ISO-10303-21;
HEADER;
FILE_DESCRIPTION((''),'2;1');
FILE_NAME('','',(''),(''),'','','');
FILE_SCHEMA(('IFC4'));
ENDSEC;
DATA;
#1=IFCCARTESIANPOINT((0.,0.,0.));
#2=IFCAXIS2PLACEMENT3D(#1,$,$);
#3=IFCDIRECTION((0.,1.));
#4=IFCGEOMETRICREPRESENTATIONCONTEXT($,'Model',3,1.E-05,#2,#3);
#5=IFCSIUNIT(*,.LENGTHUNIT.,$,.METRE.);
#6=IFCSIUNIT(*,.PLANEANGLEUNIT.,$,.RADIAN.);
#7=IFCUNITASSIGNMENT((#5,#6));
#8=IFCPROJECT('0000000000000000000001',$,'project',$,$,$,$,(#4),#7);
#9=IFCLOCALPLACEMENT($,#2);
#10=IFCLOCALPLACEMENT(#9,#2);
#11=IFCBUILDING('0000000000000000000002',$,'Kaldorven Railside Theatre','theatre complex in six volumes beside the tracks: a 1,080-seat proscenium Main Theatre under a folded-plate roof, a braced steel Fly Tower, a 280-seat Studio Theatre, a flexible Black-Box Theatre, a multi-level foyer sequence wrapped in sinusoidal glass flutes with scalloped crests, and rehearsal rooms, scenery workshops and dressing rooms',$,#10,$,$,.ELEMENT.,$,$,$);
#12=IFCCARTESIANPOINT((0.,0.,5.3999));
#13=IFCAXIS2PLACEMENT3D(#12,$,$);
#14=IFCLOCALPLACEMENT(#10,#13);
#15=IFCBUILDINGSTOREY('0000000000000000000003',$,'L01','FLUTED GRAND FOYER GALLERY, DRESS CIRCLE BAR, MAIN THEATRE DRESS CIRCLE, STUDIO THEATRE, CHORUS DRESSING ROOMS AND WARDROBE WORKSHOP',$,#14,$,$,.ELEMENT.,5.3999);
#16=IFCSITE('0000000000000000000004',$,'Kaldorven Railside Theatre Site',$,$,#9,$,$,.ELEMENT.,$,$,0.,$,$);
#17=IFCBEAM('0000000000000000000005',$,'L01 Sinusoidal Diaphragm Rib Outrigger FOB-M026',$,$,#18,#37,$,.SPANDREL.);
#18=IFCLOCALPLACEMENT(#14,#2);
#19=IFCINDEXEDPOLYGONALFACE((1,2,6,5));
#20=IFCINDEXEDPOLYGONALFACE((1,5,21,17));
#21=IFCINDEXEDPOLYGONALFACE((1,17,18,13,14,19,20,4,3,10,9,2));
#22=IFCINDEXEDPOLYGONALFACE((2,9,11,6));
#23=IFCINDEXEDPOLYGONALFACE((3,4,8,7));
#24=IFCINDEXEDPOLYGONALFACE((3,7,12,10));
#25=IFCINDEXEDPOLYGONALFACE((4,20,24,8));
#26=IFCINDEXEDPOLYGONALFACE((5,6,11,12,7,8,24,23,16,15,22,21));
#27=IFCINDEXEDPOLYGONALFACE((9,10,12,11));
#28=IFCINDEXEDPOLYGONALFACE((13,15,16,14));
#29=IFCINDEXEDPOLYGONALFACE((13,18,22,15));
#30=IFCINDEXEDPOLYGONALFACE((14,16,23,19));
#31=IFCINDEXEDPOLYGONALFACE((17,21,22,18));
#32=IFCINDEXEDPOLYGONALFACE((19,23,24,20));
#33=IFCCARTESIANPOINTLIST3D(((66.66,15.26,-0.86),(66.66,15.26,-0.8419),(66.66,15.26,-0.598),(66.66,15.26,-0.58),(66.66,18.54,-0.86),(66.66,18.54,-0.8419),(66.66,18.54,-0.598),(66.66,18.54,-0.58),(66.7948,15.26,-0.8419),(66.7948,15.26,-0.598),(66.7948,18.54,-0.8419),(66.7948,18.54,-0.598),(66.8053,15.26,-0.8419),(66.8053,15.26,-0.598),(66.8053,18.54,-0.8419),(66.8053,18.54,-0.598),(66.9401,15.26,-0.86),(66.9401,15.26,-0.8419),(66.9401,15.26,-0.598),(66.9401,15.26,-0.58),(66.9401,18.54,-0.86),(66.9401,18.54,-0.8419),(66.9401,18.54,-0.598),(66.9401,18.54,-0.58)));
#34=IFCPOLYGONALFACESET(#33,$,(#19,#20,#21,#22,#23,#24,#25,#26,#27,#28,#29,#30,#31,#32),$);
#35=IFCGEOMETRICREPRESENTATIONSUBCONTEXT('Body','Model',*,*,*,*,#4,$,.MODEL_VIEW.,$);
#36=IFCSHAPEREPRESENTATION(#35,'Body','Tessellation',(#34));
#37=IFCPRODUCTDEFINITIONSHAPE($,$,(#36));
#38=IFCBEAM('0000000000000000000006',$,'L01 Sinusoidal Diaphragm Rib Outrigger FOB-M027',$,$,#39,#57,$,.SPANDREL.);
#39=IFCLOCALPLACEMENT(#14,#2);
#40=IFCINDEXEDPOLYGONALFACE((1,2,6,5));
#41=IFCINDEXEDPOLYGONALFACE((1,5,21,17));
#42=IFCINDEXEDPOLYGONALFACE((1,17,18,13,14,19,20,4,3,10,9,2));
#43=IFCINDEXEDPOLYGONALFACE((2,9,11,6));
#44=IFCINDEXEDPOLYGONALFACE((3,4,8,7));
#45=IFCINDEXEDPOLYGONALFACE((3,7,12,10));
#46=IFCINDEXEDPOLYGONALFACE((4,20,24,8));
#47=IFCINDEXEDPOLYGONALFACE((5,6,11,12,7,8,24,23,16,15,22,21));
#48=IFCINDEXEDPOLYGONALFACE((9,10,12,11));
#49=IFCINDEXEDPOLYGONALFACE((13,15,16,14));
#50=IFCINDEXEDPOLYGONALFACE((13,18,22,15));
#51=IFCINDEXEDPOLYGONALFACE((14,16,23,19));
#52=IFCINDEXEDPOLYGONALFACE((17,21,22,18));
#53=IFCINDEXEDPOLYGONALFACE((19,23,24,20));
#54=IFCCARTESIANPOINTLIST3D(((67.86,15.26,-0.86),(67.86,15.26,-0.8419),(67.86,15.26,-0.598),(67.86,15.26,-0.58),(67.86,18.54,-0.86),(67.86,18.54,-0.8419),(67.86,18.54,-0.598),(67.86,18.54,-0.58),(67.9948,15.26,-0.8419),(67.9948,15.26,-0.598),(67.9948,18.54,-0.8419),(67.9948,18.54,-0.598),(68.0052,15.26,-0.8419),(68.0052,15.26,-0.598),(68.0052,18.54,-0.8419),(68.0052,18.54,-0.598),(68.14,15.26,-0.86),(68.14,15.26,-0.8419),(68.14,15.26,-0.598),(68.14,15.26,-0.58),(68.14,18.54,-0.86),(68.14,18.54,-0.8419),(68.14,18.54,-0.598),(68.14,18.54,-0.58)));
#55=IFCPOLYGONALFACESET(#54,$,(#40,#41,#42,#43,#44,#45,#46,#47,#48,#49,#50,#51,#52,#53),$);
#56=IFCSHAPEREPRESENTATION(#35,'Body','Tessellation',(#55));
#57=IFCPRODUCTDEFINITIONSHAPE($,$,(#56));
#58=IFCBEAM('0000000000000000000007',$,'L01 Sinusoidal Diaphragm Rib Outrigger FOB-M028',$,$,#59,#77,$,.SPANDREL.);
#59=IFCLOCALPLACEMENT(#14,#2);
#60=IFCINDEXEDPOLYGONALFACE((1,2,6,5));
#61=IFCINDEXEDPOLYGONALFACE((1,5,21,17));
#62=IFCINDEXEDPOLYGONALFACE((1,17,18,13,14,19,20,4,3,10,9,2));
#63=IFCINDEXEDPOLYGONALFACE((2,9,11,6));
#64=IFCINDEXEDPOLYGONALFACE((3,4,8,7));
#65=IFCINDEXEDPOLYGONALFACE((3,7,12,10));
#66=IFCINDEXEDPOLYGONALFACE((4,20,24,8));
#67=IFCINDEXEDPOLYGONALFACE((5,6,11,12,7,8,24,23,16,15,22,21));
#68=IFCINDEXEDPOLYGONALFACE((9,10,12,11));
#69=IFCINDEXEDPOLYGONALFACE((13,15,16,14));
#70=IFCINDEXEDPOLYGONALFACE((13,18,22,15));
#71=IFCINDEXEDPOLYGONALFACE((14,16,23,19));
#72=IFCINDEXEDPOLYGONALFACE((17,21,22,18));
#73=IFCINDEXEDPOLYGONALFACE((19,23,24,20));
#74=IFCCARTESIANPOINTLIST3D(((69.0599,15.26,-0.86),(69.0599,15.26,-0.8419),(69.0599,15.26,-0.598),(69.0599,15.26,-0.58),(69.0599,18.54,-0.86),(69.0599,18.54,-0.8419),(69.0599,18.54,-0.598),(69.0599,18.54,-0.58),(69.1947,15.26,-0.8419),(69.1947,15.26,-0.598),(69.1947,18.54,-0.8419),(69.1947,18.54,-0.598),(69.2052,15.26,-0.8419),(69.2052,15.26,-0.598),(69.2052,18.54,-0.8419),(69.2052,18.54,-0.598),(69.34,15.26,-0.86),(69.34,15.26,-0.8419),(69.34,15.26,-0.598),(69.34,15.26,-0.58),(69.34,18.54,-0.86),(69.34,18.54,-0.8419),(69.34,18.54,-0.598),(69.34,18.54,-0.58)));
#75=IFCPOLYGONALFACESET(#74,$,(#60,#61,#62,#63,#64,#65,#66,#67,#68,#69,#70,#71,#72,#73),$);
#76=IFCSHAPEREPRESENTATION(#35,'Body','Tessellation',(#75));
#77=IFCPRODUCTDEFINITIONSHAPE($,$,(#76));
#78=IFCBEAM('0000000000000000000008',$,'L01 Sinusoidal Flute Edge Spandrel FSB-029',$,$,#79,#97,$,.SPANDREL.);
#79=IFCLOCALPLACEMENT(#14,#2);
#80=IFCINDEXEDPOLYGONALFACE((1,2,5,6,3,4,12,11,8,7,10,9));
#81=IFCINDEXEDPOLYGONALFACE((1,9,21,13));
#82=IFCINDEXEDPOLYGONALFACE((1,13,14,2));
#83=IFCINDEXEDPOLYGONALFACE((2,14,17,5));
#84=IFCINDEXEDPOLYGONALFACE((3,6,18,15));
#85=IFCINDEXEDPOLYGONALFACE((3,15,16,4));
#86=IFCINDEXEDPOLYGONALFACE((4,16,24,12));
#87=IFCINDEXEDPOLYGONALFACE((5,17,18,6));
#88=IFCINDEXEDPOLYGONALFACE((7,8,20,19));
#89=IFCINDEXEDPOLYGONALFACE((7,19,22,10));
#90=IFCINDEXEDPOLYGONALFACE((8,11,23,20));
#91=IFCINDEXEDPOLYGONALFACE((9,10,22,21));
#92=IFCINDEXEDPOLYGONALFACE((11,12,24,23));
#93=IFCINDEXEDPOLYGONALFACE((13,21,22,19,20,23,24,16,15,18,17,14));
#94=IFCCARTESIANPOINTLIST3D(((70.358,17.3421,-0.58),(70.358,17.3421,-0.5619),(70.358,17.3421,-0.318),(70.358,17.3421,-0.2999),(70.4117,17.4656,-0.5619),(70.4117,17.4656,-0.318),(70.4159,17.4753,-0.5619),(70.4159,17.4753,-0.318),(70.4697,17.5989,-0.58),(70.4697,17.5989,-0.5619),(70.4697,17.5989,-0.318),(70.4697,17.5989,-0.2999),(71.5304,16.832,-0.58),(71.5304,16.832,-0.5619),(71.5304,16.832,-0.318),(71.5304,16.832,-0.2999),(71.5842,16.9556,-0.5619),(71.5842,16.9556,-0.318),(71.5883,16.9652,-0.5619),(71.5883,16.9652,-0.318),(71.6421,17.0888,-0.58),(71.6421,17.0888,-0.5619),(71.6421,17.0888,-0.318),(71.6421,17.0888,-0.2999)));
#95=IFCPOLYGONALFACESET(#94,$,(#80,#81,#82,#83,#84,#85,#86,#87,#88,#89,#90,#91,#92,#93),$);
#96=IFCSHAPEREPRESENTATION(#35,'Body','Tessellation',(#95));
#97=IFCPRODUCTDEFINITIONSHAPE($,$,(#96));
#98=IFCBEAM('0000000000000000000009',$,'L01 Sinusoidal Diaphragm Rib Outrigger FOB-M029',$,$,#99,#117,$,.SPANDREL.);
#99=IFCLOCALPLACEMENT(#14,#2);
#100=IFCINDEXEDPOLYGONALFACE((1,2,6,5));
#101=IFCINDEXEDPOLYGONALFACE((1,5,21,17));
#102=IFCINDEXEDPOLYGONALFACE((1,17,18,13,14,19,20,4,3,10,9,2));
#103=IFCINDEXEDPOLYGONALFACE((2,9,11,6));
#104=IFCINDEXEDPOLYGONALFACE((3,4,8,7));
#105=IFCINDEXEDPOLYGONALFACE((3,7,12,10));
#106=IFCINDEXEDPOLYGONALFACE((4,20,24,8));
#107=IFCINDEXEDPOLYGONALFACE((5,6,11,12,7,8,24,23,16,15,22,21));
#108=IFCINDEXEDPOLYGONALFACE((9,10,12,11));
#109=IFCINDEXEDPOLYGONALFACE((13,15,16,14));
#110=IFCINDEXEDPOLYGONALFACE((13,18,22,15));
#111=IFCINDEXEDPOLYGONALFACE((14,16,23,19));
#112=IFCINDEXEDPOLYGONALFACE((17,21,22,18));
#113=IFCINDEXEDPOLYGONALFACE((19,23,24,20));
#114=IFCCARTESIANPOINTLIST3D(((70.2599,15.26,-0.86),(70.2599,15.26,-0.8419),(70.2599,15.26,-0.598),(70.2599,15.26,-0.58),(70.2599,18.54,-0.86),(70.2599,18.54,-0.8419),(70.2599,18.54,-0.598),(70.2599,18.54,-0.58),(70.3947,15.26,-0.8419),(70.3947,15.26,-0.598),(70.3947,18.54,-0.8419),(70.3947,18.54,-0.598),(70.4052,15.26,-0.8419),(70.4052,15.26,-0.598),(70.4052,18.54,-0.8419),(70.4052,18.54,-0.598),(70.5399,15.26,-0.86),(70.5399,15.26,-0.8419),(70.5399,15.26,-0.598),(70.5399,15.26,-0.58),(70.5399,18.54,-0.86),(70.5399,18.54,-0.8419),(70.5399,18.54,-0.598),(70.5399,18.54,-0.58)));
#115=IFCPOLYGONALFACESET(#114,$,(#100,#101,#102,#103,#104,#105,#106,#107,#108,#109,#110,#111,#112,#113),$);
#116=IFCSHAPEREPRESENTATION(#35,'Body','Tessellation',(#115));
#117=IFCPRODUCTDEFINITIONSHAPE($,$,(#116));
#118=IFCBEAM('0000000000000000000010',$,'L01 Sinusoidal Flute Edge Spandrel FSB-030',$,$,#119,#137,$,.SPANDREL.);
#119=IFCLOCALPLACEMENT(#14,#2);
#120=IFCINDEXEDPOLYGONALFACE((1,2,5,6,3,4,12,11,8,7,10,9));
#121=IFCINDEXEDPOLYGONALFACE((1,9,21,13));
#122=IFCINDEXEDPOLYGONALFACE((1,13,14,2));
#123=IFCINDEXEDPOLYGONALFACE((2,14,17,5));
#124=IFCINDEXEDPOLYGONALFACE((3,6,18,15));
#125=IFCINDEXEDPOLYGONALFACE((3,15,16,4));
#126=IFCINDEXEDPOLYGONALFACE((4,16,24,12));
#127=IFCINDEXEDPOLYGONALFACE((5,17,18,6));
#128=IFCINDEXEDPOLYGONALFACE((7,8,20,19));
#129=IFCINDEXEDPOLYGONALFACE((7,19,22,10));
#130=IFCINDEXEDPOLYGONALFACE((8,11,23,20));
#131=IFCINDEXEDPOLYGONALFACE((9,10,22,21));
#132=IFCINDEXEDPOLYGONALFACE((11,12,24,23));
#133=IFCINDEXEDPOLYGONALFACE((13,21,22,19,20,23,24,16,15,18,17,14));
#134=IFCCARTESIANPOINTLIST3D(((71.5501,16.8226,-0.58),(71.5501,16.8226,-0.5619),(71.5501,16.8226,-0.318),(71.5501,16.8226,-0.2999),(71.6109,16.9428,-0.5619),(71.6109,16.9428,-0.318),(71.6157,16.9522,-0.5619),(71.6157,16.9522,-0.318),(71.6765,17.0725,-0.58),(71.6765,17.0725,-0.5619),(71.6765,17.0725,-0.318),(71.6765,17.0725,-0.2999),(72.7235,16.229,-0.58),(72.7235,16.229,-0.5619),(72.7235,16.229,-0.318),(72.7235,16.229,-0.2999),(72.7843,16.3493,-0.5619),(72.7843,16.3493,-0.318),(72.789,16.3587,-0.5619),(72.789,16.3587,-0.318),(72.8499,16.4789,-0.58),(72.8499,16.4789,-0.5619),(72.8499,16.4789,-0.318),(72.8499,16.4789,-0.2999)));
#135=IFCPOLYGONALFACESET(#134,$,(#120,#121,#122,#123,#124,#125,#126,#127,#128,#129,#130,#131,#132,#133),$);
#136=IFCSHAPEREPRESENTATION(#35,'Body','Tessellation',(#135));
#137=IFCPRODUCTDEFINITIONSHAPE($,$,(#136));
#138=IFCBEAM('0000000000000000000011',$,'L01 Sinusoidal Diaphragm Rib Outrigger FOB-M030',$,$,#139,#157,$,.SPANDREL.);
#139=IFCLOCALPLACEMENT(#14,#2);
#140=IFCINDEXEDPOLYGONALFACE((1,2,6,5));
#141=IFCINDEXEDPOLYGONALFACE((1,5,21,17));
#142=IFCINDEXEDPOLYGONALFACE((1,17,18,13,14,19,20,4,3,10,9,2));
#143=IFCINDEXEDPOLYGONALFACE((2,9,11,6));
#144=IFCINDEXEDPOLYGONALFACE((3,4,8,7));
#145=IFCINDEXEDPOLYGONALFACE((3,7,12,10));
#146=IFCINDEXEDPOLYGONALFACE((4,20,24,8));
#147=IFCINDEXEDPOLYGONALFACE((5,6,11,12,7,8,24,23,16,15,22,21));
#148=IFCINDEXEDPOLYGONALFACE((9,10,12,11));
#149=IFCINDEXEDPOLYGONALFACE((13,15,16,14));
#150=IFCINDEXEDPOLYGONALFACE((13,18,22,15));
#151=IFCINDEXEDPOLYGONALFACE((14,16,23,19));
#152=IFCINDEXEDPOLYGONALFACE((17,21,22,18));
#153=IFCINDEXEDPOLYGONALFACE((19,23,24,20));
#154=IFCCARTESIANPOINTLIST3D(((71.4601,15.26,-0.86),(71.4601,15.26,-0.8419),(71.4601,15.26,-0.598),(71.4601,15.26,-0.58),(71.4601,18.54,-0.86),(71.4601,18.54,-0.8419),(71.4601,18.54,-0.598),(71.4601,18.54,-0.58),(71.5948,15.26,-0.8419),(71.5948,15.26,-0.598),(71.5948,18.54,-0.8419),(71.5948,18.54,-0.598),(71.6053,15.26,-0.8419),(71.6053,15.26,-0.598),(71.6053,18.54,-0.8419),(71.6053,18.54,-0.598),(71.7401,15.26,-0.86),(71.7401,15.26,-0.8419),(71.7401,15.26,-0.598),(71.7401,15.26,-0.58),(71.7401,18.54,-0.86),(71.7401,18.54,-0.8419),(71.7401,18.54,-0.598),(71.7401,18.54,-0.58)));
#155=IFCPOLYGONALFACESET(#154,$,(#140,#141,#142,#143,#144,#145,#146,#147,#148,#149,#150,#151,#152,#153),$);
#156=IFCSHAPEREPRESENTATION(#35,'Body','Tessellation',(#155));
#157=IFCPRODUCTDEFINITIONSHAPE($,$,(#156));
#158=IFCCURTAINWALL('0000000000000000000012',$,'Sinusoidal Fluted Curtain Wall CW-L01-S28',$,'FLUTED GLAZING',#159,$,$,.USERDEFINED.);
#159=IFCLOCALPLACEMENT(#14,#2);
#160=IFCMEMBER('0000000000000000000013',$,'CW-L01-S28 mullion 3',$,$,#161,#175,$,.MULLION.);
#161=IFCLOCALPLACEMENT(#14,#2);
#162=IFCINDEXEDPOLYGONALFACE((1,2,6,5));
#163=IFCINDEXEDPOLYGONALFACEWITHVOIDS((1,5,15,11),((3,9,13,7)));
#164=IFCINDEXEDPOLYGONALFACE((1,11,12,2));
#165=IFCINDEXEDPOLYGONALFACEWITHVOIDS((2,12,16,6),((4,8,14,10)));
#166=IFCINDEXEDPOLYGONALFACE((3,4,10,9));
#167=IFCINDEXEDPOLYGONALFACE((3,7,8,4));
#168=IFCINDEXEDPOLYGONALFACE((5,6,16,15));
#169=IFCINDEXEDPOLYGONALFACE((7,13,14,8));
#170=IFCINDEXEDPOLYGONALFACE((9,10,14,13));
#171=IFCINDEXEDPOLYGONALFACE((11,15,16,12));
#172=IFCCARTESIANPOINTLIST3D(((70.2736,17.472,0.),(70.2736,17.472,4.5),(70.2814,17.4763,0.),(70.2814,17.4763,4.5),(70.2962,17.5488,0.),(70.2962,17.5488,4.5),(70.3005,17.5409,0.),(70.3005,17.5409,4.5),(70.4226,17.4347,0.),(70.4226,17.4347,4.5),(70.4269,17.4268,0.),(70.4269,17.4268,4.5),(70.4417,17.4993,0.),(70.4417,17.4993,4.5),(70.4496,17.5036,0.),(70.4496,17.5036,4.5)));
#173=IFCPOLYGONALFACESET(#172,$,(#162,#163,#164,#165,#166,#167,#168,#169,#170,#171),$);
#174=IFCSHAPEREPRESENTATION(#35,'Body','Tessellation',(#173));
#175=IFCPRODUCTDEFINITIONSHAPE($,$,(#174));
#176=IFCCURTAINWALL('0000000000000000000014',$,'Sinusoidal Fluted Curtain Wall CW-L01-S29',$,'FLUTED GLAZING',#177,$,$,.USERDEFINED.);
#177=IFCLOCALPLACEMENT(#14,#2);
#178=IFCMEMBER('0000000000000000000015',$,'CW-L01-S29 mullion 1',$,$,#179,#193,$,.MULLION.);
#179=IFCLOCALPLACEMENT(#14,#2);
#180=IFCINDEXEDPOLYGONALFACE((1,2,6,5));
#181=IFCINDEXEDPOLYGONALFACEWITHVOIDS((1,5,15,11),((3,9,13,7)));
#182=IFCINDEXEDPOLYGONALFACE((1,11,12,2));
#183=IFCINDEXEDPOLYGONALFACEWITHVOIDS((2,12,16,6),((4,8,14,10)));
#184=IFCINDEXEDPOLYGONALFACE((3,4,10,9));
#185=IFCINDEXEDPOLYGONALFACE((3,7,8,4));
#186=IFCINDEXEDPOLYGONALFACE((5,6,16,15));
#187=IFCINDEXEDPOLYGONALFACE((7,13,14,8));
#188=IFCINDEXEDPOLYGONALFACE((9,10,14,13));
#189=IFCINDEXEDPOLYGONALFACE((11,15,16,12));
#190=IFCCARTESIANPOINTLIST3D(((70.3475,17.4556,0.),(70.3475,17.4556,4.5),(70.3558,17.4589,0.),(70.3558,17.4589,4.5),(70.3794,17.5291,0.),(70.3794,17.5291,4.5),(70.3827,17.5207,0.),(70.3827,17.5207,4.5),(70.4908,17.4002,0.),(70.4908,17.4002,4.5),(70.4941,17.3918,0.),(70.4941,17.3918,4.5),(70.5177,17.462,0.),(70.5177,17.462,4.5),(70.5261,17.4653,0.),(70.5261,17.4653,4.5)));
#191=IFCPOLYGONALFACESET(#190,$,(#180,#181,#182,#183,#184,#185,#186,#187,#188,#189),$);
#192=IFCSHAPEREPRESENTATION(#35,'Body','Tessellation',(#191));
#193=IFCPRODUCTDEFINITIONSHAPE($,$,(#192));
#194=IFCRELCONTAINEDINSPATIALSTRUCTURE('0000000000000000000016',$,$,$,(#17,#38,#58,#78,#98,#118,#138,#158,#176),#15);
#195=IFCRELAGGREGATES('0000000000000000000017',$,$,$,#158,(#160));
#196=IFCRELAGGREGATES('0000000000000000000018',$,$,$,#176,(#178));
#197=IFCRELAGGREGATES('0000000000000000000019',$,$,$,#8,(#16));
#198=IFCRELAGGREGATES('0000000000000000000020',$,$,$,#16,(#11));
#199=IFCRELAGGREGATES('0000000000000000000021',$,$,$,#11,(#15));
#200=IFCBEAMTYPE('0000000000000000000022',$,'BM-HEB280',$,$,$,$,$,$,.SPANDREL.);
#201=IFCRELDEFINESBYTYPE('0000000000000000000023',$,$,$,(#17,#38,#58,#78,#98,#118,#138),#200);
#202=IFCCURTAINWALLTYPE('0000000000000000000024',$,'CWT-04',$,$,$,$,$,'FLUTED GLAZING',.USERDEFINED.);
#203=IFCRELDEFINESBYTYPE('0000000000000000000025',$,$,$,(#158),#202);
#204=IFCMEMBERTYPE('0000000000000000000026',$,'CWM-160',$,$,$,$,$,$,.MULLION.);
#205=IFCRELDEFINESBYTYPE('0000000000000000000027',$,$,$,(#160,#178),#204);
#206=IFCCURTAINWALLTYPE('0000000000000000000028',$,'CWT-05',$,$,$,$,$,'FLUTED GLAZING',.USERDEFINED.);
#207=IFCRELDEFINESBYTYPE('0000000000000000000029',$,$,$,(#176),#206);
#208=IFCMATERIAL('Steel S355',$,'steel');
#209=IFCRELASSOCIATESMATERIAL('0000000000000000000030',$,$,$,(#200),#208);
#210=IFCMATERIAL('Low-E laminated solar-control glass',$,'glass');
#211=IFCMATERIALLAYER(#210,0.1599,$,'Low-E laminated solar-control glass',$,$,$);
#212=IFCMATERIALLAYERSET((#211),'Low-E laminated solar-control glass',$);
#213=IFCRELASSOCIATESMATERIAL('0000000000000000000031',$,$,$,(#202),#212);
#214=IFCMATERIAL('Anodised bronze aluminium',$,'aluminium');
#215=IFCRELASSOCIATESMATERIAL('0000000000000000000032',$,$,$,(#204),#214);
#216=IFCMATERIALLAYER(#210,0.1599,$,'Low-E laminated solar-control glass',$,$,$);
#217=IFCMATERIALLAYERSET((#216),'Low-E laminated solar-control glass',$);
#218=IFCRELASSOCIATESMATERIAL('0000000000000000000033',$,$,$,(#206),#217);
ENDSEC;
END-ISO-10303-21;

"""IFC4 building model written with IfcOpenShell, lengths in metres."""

from ifc_helpers import new_model, si_unit, direction, frame, origin, origin_2d, place, context, subcontext, project, spatial, hollow_rectangle, i_section, extrude, material, layer, layer_set, material_profile, profile_set, type_object, element, aggregate, save


model = new_model("IFC4")

# Units and contexts
model_context = context("Model", 3, precision=1e-05, world=origin(), true_north=direction((0.0, 1.0)))
body_context = subcontext(model_context, "Body", "Model", "MODEL_VIEW")
ifc_project = project(units=[si_unit("LENGTHUNIT", "METRE"), si_unit("PLANEANGLEUNIT", "RADIAN")], contexts=[model_context])

# Site, building, storey
site_placement = place(None, origin())
site = spatial("IfcSite", under=ifc_project, at=site_placement, Name="Kaldorven Railside Theatre Site", CompositionType="ELEMENT", RefElevation=0.0)
building_placement = place(site_placement, origin())
building = spatial("IfcBuilding", under=site, at=building_placement, Name="Kaldorven Railside Theatre", Description="theatre complex in six volumes beside the tracks: a 1,080-seat proscenium Main Theatre under a folded-plate roof, a braced steel Fly Tower, a 280-seat Studio Theatre, a flexible Black-Box Theatre, a multi-level foyer sequence wrapped in sinusoidal glass flutes with scalloped crests, and rehearsal rooms, scenery workshops and dressing rooms", CompositionType="ELEMENT")
storey_placement = place(building_placement, frame((0.0, 0.0, 5.3999)))
storey = spatial("IfcBuildingStorey", under=building, at=storey_placement, Name="L01", Description="FLUTED GRAND FOYER GALLERY, DRESS CIRCLE BAR, MAIN THEATRE DRESS CIRCLE, STUDIO THEATRE, CHORUS DRESSING ROOMS AND WARDROBE WORKSHOP", CompositionType="ELEMENT", Elevation=5.3999)

# Beams
ifc_material_1 = material(Name="Steel S355", Category="steel")
ifc_material_profile_1 = material_profile(ifc_material_1, i_section(OverallWidth=0.28, OverallDepth=0.28, WebThickness=0.0105, FlangeThickness=0.0181, at=origin_2d()), Name="HEB 280")
ifc_profile_set_1 = profile_set([ifc_material_profile_1], Name="Steel S355")
beam_type = type_object("IfcBeamType", Name="BM-HEB280", PredefinedType="SPANDREL", material=ifc_profile_set_1)
for number, where, z_axis, x_axis, name in (
    (1, (66.8, 15.26, -0.72), (0.0, 1.0, 0.0), (-1.0, 0.0, 0.0), "L01 Sinusoidal Diaphragm Rib Outrigger FOB-M026"),
    (2, (68.0, 15.26, -0.72), (0.0, 1.0, 0.0), (-1.0, 0.0, 0.0), "L01 Sinusoidal Diaphragm Rib Outrigger FOB-M027"),
    (3, (69.2, 15.26, -0.72), (0.0, 1.0, 0.0), (-1.0, 0.0, 0.0), "L01 Sinusoidal Diaphragm Rib Outrigger FOB-M028"),
):
    element("IfcBeam", number, at=place(storey_placement, frame(where, z_axis=z_axis, x_axis=x_axis)), inside=storey, type_object=beam_type, Name=name, PredefinedType="SPANDREL", context=body_context, shape_type="SweptSolid", body=[
        extrude(i_section(OverallWidth=0.28, OverallDepth=0.28, WebThickness=0.0105, FlangeThickness=0.0181, at=origin_2d()), origin(), (0.0, 0.0, 1.0), 3.28),
    ])
beam_1_placement = place(storey_placement, frame((70.4138, 17.4705, -0.4399), z_axis=(0.916988, -0.398915, 0.0), x_axis=(0.398915, 0.916988, 0.0)))
element("IfcBeam", 4, at=beam_1_placement, inside=storey, type_object=beam_type, Name="L01 Sinusoidal Flute Edge Spandrel FSB-029", PredefinedType="SPANDREL", context=body_context, shape_type="SweptSolid", body=[
    extrude(i_section(OverallWidth=0.28, OverallDepth=0.28, WebThickness=0.0105, FlangeThickness=0.0181, at=origin_2d()), origin(), (0.0, 0.0, 1.0), 1.2786),
])
beam_2_placement = place(storey_placement, frame((70.3999, 15.26, -0.72), z_axis=(0.0, 1.0, 0.0), x_axis=(-1.0, 0.0, 0.0)))
element("IfcBeam", 5, at=beam_2_placement, inside=storey, type_object=beam_type, Name="L01 Sinusoidal Diaphragm Rib Outrigger FOB-M029", PredefinedType="SPANDREL", context=body_context, shape_type="SweptSolid", body=[
    extrude(i_section(OverallWidth=0.28, OverallDepth=0.28, WebThickness=0.0105, FlangeThickness=0.0181, at=origin_2d()), origin(), (0.0, 0.0, 1.0), 3.28),
])
beam_3_placement = place(storey_placement, frame((71.6133, 16.9475, -0.4399), z_axis=(0.892338, -0.451368, 0.0), x_axis=(0.451368, 0.892338, 0.0)))
element("IfcBeam", 6, at=beam_3_placement, inside=storey, type_object=beam_type, Name="L01 Sinusoidal Flute Edge Spandrel FSB-030", PredefinedType="SPANDREL", context=body_context, shape_type="SweptSolid", body=[
    extrude(i_section(OverallWidth=0.28, OverallDepth=0.28, WebThickness=0.0105, FlangeThickness=0.0181, at=origin_2d()), origin(), (0.0, 0.0, 1.0), 1.3149),
])
beam_4_placement = place(storey_placement, frame((71.6001, 15.26, -0.72), z_axis=(0.0, 1.0, 0.0), x_axis=(-1.0, 0.0, 0.0)))
element("IfcBeam", 7, at=beam_4_placement, inside=storey, type_object=beam_type, Name="L01 Sinusoidal Diaphragm Rib Outrigger FOB-M030", PredefinedType="SPANDREL", context=body_context, shape_type="SweptSolid", body=[
    extrude(i_section(OverallWidth=0.28, OverallDepth=0.28, WebThickness=0.0105, FlangeThickness=0.0181, at=origin_2d()), origin(), (0.0, 0.0, 1.0), 3.28),
])

# Curtain wall, member
ifc_material_2 = material(Name="Low-E laminated solar-control glass", Category="glass")
ifc_layer_1 = layer(ifc_material_2, 0.1599, Name="Low-E laminated solar-control glass")
ifc_layer_set_1 = layer_set([ifc_layer_1], Name="Low-E laminated solar-control glass")
curtain_wall_type_1 = type_object("IfcCurtainWallType", Name="CWT-04", ElementType="FLUTED GLAZING", PredefinedType="USERDEFINED", material=ifc_layer_set_1)
curtain_wall_1_placement = place(storey_placement, origin())
curtain_wall_1 = element("IfcCurtainWall", 8, at=curtain_wall_1_placement, inside=storey, type_object=curtain_wall_type_1, Name="Sinusoidal Fluted Curtain Wall CW-L01-S28", ObjectType="FLUTED GLAZING", PredefinedType="USERDEFINED")
ifc_material_3 = material(Name="Anodised bronze aluminium", Category="aluminium")
ifc_material_profile_2 = material_profile(ifc_material_3, hollow_rectangle(XDim=0.0801, YDim=0.1599, WallThickness=0.0063, at=origin_2d()), Name="RHS 160x80x6.3")
ifc_profile_set_2 = profile_set([ifc_material_profile_2], Name="Anodised bronze aluminium")
member_type_1 = type_object("IfcMemberType", Name="CWM-160", PredefinedType="MULLION", material=ifc_profile_set_2)
member_1_placement = place(storey_placement, frame((70.3616, 17.4878, 0.0), z_axis=(0.0, 0.0, 1.0), x_axis=(0.282872, 0.959158, 0.0)))
member_1 = element("IfcMember", 9, at=member_1_placement, type_object=member_type_1, Name="CW-L01-S28 mullion 3", PredefinedType="MULLION", context=body_context, shape_type="SweptSolid", body=[
    extrude(hollow_rectangle(XDim=0.0801, YDim=0.1599, WallThickness=0.0063, at=origin_2d()), origin(), (0.0, 0.0, 1.0), 4.5),
])

# Curtain wall, member
ifc_layer_2 = layer(ifc_material_2, 0.1599, Name="Low-E laminated solar-control glass")
ifc_layer_set_2 = layer_set([ifc_layer_2], Name="Low-E laminated solar-control glass")
curtain_wall_type_2 = type_object("IfcCurtainWallType", Name="CWT-05", ElementType="FLUTED GLAZING", PredefinedType="USERDEFINED", material=ifc_layer_set_2)
curtain_wall_2_placement = place(storey_placement, origin())
curtain_wall_2 = element("IfcCurtainWall", 10, at=curtain_wall_2_placement, inside=storey, type_object=curtain_wall_type_2, Name="Sinusoidal Fluted Curtain Wall CW-L01-S29", ObjectType="FLUTED GLAZING", PredefinedType="USERDEFINED")
member_2_placement = place(storey_placement, frame((70.4368, 17.4604, 0.0), z_axis=(0.0, 0.0, 1.0), x_axis=(0.398894, 0.916997, 0.0)))
member_2 = element("IfcMember", 11, at=member_2_placement, type_object=member_type_1, Name="CW-L01-S29 mullion 1", PredefinedType="MULLION", context=body_context, shape_type="SweptSolid", body=[
    extrude(hollow_rectangle(XDim=0.0801, YDim=0.1599, WallThickness=0.0063, at=origin_2d()), origin(), (0.0, 0.0, 1.0), 4.5),
])

aggregate(curtain_wall_1, [member_1])
aggregate(curtain_wall_2, [member_2])

save(model, "model.ifc")
